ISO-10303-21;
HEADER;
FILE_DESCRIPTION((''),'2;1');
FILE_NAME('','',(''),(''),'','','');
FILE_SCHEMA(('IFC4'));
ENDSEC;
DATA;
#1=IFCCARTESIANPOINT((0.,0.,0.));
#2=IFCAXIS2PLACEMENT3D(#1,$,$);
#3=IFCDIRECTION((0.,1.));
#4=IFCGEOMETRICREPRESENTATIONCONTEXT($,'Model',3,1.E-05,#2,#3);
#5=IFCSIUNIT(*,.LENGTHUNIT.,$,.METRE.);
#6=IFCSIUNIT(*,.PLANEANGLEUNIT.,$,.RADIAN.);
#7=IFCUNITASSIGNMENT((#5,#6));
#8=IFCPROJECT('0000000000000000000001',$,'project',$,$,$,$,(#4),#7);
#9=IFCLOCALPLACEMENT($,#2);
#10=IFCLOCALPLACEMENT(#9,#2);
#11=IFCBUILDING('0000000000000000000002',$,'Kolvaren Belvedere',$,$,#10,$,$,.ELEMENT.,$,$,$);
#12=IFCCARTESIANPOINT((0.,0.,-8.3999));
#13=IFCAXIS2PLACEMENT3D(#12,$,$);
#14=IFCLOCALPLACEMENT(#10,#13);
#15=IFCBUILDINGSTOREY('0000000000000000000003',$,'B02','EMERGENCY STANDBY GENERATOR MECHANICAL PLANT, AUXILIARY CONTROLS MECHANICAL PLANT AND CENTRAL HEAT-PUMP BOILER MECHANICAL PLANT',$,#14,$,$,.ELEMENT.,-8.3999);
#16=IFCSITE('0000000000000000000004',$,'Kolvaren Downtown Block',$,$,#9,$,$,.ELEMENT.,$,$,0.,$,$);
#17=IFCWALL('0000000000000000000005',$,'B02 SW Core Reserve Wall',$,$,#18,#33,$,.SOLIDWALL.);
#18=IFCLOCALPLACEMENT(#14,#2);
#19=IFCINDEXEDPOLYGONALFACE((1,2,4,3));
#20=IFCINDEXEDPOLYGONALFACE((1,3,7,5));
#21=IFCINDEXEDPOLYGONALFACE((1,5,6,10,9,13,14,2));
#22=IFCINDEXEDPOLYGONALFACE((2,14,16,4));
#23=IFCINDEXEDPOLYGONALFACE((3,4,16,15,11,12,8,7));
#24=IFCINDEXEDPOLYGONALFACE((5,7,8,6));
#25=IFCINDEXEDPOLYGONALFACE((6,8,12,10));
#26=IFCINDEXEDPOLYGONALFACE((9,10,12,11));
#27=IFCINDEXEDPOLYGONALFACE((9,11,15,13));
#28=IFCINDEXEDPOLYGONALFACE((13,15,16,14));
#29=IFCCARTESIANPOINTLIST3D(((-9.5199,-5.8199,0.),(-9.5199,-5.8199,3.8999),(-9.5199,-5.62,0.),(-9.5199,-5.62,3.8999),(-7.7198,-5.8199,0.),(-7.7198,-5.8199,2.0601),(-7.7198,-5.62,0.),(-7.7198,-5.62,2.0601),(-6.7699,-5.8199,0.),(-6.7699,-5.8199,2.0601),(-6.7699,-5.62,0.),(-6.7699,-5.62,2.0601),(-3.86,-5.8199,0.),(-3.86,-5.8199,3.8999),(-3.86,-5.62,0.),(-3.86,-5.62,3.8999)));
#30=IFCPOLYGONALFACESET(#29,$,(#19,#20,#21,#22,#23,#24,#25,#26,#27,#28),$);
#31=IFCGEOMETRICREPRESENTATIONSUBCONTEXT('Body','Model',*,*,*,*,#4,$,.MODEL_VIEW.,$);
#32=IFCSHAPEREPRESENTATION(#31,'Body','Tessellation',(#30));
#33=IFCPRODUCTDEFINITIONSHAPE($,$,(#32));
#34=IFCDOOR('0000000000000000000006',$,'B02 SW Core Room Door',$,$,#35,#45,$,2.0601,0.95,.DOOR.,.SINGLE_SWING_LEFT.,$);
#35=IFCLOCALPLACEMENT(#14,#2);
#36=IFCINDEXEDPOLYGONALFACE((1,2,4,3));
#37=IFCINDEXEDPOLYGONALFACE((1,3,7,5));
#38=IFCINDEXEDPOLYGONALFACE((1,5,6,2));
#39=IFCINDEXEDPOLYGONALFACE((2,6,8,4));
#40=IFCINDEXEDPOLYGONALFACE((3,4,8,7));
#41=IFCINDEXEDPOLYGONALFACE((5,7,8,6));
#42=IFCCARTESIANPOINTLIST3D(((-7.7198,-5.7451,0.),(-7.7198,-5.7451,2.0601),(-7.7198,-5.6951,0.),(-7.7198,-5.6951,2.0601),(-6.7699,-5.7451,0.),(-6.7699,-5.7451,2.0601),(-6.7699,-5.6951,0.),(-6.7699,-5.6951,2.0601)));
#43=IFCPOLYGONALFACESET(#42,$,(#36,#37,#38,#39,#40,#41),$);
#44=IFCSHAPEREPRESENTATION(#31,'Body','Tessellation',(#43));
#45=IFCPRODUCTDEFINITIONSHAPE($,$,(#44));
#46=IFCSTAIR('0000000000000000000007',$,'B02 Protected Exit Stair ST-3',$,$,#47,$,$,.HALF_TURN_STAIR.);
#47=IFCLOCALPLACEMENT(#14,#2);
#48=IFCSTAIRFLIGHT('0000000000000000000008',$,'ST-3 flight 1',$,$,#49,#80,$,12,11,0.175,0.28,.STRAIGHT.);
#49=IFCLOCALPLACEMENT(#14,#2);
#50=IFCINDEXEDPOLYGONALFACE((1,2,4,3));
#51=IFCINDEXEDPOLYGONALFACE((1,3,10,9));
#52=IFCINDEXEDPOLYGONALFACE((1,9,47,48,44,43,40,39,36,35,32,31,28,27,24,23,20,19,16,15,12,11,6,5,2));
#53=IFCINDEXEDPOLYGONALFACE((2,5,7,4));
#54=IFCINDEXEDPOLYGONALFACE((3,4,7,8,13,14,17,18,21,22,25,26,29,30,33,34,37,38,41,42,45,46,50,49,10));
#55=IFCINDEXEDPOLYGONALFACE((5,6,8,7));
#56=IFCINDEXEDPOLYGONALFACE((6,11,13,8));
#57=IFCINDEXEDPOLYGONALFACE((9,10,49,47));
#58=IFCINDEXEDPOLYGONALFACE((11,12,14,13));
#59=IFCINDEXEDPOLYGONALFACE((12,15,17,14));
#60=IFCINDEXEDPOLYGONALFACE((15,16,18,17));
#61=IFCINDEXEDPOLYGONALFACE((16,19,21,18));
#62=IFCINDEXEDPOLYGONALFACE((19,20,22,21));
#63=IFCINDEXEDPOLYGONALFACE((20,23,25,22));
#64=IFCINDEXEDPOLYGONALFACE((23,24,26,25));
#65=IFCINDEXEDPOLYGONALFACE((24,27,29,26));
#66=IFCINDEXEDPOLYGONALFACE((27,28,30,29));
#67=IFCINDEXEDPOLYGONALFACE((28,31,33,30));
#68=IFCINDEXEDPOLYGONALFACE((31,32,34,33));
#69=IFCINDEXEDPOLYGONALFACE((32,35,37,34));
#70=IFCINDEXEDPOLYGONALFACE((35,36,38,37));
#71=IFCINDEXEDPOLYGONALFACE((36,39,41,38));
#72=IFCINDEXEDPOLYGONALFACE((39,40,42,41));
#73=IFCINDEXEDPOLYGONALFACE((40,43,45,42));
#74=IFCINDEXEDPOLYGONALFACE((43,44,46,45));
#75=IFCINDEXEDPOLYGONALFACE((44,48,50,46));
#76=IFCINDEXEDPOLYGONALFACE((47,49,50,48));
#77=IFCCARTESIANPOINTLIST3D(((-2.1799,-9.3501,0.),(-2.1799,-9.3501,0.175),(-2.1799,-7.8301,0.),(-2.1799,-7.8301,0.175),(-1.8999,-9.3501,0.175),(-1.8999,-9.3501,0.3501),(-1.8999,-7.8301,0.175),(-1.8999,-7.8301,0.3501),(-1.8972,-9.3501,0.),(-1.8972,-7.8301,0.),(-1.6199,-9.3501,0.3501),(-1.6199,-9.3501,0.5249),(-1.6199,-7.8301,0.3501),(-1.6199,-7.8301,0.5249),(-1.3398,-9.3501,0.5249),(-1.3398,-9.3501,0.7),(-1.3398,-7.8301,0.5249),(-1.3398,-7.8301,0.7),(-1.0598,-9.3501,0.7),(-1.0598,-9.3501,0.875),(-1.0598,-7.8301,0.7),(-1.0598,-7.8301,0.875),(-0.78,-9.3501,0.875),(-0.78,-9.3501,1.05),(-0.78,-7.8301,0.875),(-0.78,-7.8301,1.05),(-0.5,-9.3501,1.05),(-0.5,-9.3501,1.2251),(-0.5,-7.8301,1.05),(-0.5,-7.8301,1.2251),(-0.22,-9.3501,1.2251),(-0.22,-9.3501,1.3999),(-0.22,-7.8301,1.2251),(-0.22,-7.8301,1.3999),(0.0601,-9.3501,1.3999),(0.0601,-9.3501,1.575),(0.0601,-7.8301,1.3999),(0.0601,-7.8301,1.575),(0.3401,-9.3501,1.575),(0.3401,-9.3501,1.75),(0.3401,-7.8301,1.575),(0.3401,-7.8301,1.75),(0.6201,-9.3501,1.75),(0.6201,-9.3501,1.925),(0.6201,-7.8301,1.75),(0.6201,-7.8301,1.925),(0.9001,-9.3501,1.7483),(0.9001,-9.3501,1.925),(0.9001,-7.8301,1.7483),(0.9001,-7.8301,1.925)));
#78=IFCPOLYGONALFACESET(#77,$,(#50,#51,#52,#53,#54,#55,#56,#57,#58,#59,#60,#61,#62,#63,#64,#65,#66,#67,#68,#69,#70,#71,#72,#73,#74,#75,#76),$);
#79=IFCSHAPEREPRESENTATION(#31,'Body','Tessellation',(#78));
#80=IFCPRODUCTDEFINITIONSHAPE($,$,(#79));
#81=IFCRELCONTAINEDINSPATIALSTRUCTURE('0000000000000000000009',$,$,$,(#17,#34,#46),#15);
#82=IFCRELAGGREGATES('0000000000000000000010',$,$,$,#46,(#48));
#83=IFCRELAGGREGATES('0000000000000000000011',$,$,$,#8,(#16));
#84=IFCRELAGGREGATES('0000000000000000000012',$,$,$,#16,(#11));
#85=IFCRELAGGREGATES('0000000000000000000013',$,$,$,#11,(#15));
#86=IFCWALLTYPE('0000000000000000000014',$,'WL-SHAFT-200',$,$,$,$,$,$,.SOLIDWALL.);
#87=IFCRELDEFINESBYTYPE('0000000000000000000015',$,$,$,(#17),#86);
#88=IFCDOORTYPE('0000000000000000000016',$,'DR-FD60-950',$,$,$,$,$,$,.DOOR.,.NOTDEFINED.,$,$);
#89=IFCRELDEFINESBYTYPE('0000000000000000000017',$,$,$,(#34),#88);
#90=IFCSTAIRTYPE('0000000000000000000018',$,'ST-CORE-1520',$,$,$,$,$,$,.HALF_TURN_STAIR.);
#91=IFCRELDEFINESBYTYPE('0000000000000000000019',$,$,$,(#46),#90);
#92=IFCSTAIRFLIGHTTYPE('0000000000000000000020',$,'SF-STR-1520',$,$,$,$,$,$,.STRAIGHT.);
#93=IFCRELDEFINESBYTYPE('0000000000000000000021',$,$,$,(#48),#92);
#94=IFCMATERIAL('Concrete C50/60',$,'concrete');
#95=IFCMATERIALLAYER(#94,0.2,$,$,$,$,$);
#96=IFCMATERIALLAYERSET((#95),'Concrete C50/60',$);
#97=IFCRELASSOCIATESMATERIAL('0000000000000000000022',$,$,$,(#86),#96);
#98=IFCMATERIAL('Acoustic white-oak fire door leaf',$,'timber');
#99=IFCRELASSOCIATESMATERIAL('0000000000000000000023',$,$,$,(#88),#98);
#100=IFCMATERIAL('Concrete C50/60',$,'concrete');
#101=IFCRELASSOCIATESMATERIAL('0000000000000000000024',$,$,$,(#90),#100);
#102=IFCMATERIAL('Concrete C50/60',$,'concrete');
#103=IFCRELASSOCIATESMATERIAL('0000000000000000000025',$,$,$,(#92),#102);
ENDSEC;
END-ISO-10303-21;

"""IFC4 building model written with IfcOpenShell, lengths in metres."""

from ifc_helpers import new_model, si_unit, direction, frame, frame_2d, origin, place, context, subcontext, project, spatial, polyline, rectangle, outline, extrude, material, layer, layer_set, type_object, element, fill, aggregate, save


model = new_model("IFC4")

# Units and contexts
model_context = context("Model", 3, precision=1e-05, world=origin(), true_north=direction((0.0, 1.0)))
body_context = subcontext(model_context, "Body", "Model", "MODEL_VIEW")
ifc_project = project(units=[si_unit("LENGTHUNIT", "METRE"), si_unit("PLANEANGLEUNIT", "RADIAN")], contexts=[model_context])

# Site, building, storey
site_placement = place(None, origin())
site = spatial("IfcSite", under=ifc_project, at=site_placement, Name="Kolvaren Downtown Block", CompositionType="ELEMENT", RefElevation=0.0)
building_placement = place(site_placement, origin())
building = spatial("IfcBuilding", under=site, at=building_placement, Name="Kolvaren Belvedere", CompositionType="ELEMENT")
storey_placement = place(building_placement, frame((0.0, 0.0, -8.3999)))
storey = spatial("IfcBuildingStorey", under=building, at=storey_placement, Name="B02", Description="EMERGENCY STANDBY GENERATOR MECHANICAL PLANT, AUXILIARY CONTROLS MECHANICAL PLANT AND CENTRAL HEAT-PUMP BOILER MECHANICAL PLANT", CompositionType="ELEMENT", Elevation=-8.3999)

# Shared definitions
ifc_material_1 = material(Name="Concrete C50/60", Category="concrete")
ifc_layer_1 = layer(ifc_material_1, 0.2)
ifc_layer_set_1 = layer_set([ifc_layer_1], Name="Concrete C50/60")
wall_type_1 = type_object("IfcWallType", Name="WL-SHAFT-200", PredefinedType="SOLIDWALL", material=ifc_layer_set_1)
ifc_material_2 = material(Name="Acoustic white-oak fire door leaf", Category="timber")
door_type_1 = type_object("IfcDoorType", Name="DR-FD60-950", OperationType="NOTDEFINED", PredefinedType="DOOR", material=ifc_material_2)

# Wall, opening, door
wall_1_placement = place(storey_placement, frame((-9.52, -5.72, 0.0), z_axis=(0.0, 0.0, 1.0), x_axis=(1.0, 0.0, 0.0)))
wall_1 = element("IfcWall", 1, at=wall_1_placement, inside=storey, type_object=wall_type_1, Name="B02 SW Core Reserve Wall", PredefinedType="SOLIDWALL", context=body_context, shape_type="SweptSolid", body=[
    extrude(rectangle(XDim=5.6599, YDim=0.2, at=frame_2d((2.8301, 0.0))), origin(), (0.0, 0.0, 1.0), 3.8999),
])
opening_1_placement = place(wall_1_placement, frame((1.8, 0.0, 0.0)))
opening_1 = element("IfcOpeningElement", 2, at=opening_1_placement, cuts=wall_1, PredefinedType="OPENING", context=body_context, shape_type="SweptSolid", body=[
    extrude(rectangle(XDim=0.95, YDim=2.0601, at=frame_2d((0.4751, 1.03))), frame((0.0, 0.1099, 0.0), z_axis=(0.0, -1.0, 0.0), x_axis=(1.0, 0.0, 0.0)), (0.0, 0.0, 1.0), 0.22),
])
door_1_placement = place(opening_1_placement, origin())
door_1 = element("IfcDoor", 3, at=door_1_placement, inside=storey, type_object=door_type_1, Name="B02 SW Core Room Door", OperationType="SINGLE_SWING_LEFT", OverallHeight=2.0601, OverallWidth=0.95, PredefinedType="DOOR", context=body_context, shape_type="SweptSolid", body=[
    extrude(rectangle(XDim=0.95, YDim=2.0601, at=frame_2d((0.4751, 1.03))), frame((0.0, 0.0249, 0.0), z_axis=(0.0, -1.0, 0.0), x_axis=(1.0, 0.0, 0.0)), (0.0, 0.0, 1.0), 0.05),
])
fill(opening_1, door_1)

# Stair, stair flight
ifc_material_3 = material(Name="Concrete C50/60", Category="concrete")
stair_type = type_object("IfcStairType", Name="ST-CORE-1520", PredefinedType="HALF_TURN_STAIR", material=ifc_material_3)
stair_placement = place(storey_placement, origin())
stair = element("IfcStair", 4, at=stair_placement, inside=storey, type_object=stair_type, Name="B02 Protected Exit Stair ST-3", PredefinedType="HALF_TURN_STAIR")
ifc_material_4 = material(Name="Concrete C50/60", Category="concrete")
stair_flight_type = type_object("IfcStairFlightType", Name="SF-STR-1520", PredefinedType="STRAIGHT", material=ifc_material_4)
stair_flight_placement = place(storey_placement, frame((-2.1799, -8.5901, 0.0), z_axis=(0.0, 0.0, 1.0), x_axis=(1.0, 0.0, 0.0)))
stair_flight = element("IfcStairFlight", 5, at=stair_flight_placement, type_object=stair_flight_type, Name="ST-3 flight 1", NumberOfRisers=12, NumberOfTreads=11, PredefinedType="STRAIGHT", RiserHeight=0.175, TreadLength=0.28, context=body_context, shape_type="SweptSolid", body=[
    extrude(outline(polyline([(0.0, 0.0), (0.0, 0.175), (0.28, 0.175), (0.28, 0.3501), (0.5601, 0.3501), (0.5601, 0.5249), (0.8401, 0.5249), (0.8401, 0.7), (1.1201, 0.7), (1.1201, 0.875), (1.3999, 0.875), (1.3999, 1.05), (1.6799, 1.05), (1.6799, 1.2251), (1.96, 1.2251), (1.96, 1.3999), (2.24, 1.3999), (2.24, 1.575), (2.52, 1.575), (2.52, 1.75), (2.8, 1.75), (2.8, 1.925), (3.0801, 1.925), (3.0801, 2.1001), (3.0801, 1.7483), (0.2827, 0.0), (0.0, 0.0)])), frame((0.0, 0.76, 0.0), z_axis=(0.0, -1.0, 0.0), x_axis=(1.0, 0.0, 0.0)), (0.0, 0.0, 1.0), 1.52),
])
aggregate(stair, [stair_flight])

save(model, "model.ifc")
